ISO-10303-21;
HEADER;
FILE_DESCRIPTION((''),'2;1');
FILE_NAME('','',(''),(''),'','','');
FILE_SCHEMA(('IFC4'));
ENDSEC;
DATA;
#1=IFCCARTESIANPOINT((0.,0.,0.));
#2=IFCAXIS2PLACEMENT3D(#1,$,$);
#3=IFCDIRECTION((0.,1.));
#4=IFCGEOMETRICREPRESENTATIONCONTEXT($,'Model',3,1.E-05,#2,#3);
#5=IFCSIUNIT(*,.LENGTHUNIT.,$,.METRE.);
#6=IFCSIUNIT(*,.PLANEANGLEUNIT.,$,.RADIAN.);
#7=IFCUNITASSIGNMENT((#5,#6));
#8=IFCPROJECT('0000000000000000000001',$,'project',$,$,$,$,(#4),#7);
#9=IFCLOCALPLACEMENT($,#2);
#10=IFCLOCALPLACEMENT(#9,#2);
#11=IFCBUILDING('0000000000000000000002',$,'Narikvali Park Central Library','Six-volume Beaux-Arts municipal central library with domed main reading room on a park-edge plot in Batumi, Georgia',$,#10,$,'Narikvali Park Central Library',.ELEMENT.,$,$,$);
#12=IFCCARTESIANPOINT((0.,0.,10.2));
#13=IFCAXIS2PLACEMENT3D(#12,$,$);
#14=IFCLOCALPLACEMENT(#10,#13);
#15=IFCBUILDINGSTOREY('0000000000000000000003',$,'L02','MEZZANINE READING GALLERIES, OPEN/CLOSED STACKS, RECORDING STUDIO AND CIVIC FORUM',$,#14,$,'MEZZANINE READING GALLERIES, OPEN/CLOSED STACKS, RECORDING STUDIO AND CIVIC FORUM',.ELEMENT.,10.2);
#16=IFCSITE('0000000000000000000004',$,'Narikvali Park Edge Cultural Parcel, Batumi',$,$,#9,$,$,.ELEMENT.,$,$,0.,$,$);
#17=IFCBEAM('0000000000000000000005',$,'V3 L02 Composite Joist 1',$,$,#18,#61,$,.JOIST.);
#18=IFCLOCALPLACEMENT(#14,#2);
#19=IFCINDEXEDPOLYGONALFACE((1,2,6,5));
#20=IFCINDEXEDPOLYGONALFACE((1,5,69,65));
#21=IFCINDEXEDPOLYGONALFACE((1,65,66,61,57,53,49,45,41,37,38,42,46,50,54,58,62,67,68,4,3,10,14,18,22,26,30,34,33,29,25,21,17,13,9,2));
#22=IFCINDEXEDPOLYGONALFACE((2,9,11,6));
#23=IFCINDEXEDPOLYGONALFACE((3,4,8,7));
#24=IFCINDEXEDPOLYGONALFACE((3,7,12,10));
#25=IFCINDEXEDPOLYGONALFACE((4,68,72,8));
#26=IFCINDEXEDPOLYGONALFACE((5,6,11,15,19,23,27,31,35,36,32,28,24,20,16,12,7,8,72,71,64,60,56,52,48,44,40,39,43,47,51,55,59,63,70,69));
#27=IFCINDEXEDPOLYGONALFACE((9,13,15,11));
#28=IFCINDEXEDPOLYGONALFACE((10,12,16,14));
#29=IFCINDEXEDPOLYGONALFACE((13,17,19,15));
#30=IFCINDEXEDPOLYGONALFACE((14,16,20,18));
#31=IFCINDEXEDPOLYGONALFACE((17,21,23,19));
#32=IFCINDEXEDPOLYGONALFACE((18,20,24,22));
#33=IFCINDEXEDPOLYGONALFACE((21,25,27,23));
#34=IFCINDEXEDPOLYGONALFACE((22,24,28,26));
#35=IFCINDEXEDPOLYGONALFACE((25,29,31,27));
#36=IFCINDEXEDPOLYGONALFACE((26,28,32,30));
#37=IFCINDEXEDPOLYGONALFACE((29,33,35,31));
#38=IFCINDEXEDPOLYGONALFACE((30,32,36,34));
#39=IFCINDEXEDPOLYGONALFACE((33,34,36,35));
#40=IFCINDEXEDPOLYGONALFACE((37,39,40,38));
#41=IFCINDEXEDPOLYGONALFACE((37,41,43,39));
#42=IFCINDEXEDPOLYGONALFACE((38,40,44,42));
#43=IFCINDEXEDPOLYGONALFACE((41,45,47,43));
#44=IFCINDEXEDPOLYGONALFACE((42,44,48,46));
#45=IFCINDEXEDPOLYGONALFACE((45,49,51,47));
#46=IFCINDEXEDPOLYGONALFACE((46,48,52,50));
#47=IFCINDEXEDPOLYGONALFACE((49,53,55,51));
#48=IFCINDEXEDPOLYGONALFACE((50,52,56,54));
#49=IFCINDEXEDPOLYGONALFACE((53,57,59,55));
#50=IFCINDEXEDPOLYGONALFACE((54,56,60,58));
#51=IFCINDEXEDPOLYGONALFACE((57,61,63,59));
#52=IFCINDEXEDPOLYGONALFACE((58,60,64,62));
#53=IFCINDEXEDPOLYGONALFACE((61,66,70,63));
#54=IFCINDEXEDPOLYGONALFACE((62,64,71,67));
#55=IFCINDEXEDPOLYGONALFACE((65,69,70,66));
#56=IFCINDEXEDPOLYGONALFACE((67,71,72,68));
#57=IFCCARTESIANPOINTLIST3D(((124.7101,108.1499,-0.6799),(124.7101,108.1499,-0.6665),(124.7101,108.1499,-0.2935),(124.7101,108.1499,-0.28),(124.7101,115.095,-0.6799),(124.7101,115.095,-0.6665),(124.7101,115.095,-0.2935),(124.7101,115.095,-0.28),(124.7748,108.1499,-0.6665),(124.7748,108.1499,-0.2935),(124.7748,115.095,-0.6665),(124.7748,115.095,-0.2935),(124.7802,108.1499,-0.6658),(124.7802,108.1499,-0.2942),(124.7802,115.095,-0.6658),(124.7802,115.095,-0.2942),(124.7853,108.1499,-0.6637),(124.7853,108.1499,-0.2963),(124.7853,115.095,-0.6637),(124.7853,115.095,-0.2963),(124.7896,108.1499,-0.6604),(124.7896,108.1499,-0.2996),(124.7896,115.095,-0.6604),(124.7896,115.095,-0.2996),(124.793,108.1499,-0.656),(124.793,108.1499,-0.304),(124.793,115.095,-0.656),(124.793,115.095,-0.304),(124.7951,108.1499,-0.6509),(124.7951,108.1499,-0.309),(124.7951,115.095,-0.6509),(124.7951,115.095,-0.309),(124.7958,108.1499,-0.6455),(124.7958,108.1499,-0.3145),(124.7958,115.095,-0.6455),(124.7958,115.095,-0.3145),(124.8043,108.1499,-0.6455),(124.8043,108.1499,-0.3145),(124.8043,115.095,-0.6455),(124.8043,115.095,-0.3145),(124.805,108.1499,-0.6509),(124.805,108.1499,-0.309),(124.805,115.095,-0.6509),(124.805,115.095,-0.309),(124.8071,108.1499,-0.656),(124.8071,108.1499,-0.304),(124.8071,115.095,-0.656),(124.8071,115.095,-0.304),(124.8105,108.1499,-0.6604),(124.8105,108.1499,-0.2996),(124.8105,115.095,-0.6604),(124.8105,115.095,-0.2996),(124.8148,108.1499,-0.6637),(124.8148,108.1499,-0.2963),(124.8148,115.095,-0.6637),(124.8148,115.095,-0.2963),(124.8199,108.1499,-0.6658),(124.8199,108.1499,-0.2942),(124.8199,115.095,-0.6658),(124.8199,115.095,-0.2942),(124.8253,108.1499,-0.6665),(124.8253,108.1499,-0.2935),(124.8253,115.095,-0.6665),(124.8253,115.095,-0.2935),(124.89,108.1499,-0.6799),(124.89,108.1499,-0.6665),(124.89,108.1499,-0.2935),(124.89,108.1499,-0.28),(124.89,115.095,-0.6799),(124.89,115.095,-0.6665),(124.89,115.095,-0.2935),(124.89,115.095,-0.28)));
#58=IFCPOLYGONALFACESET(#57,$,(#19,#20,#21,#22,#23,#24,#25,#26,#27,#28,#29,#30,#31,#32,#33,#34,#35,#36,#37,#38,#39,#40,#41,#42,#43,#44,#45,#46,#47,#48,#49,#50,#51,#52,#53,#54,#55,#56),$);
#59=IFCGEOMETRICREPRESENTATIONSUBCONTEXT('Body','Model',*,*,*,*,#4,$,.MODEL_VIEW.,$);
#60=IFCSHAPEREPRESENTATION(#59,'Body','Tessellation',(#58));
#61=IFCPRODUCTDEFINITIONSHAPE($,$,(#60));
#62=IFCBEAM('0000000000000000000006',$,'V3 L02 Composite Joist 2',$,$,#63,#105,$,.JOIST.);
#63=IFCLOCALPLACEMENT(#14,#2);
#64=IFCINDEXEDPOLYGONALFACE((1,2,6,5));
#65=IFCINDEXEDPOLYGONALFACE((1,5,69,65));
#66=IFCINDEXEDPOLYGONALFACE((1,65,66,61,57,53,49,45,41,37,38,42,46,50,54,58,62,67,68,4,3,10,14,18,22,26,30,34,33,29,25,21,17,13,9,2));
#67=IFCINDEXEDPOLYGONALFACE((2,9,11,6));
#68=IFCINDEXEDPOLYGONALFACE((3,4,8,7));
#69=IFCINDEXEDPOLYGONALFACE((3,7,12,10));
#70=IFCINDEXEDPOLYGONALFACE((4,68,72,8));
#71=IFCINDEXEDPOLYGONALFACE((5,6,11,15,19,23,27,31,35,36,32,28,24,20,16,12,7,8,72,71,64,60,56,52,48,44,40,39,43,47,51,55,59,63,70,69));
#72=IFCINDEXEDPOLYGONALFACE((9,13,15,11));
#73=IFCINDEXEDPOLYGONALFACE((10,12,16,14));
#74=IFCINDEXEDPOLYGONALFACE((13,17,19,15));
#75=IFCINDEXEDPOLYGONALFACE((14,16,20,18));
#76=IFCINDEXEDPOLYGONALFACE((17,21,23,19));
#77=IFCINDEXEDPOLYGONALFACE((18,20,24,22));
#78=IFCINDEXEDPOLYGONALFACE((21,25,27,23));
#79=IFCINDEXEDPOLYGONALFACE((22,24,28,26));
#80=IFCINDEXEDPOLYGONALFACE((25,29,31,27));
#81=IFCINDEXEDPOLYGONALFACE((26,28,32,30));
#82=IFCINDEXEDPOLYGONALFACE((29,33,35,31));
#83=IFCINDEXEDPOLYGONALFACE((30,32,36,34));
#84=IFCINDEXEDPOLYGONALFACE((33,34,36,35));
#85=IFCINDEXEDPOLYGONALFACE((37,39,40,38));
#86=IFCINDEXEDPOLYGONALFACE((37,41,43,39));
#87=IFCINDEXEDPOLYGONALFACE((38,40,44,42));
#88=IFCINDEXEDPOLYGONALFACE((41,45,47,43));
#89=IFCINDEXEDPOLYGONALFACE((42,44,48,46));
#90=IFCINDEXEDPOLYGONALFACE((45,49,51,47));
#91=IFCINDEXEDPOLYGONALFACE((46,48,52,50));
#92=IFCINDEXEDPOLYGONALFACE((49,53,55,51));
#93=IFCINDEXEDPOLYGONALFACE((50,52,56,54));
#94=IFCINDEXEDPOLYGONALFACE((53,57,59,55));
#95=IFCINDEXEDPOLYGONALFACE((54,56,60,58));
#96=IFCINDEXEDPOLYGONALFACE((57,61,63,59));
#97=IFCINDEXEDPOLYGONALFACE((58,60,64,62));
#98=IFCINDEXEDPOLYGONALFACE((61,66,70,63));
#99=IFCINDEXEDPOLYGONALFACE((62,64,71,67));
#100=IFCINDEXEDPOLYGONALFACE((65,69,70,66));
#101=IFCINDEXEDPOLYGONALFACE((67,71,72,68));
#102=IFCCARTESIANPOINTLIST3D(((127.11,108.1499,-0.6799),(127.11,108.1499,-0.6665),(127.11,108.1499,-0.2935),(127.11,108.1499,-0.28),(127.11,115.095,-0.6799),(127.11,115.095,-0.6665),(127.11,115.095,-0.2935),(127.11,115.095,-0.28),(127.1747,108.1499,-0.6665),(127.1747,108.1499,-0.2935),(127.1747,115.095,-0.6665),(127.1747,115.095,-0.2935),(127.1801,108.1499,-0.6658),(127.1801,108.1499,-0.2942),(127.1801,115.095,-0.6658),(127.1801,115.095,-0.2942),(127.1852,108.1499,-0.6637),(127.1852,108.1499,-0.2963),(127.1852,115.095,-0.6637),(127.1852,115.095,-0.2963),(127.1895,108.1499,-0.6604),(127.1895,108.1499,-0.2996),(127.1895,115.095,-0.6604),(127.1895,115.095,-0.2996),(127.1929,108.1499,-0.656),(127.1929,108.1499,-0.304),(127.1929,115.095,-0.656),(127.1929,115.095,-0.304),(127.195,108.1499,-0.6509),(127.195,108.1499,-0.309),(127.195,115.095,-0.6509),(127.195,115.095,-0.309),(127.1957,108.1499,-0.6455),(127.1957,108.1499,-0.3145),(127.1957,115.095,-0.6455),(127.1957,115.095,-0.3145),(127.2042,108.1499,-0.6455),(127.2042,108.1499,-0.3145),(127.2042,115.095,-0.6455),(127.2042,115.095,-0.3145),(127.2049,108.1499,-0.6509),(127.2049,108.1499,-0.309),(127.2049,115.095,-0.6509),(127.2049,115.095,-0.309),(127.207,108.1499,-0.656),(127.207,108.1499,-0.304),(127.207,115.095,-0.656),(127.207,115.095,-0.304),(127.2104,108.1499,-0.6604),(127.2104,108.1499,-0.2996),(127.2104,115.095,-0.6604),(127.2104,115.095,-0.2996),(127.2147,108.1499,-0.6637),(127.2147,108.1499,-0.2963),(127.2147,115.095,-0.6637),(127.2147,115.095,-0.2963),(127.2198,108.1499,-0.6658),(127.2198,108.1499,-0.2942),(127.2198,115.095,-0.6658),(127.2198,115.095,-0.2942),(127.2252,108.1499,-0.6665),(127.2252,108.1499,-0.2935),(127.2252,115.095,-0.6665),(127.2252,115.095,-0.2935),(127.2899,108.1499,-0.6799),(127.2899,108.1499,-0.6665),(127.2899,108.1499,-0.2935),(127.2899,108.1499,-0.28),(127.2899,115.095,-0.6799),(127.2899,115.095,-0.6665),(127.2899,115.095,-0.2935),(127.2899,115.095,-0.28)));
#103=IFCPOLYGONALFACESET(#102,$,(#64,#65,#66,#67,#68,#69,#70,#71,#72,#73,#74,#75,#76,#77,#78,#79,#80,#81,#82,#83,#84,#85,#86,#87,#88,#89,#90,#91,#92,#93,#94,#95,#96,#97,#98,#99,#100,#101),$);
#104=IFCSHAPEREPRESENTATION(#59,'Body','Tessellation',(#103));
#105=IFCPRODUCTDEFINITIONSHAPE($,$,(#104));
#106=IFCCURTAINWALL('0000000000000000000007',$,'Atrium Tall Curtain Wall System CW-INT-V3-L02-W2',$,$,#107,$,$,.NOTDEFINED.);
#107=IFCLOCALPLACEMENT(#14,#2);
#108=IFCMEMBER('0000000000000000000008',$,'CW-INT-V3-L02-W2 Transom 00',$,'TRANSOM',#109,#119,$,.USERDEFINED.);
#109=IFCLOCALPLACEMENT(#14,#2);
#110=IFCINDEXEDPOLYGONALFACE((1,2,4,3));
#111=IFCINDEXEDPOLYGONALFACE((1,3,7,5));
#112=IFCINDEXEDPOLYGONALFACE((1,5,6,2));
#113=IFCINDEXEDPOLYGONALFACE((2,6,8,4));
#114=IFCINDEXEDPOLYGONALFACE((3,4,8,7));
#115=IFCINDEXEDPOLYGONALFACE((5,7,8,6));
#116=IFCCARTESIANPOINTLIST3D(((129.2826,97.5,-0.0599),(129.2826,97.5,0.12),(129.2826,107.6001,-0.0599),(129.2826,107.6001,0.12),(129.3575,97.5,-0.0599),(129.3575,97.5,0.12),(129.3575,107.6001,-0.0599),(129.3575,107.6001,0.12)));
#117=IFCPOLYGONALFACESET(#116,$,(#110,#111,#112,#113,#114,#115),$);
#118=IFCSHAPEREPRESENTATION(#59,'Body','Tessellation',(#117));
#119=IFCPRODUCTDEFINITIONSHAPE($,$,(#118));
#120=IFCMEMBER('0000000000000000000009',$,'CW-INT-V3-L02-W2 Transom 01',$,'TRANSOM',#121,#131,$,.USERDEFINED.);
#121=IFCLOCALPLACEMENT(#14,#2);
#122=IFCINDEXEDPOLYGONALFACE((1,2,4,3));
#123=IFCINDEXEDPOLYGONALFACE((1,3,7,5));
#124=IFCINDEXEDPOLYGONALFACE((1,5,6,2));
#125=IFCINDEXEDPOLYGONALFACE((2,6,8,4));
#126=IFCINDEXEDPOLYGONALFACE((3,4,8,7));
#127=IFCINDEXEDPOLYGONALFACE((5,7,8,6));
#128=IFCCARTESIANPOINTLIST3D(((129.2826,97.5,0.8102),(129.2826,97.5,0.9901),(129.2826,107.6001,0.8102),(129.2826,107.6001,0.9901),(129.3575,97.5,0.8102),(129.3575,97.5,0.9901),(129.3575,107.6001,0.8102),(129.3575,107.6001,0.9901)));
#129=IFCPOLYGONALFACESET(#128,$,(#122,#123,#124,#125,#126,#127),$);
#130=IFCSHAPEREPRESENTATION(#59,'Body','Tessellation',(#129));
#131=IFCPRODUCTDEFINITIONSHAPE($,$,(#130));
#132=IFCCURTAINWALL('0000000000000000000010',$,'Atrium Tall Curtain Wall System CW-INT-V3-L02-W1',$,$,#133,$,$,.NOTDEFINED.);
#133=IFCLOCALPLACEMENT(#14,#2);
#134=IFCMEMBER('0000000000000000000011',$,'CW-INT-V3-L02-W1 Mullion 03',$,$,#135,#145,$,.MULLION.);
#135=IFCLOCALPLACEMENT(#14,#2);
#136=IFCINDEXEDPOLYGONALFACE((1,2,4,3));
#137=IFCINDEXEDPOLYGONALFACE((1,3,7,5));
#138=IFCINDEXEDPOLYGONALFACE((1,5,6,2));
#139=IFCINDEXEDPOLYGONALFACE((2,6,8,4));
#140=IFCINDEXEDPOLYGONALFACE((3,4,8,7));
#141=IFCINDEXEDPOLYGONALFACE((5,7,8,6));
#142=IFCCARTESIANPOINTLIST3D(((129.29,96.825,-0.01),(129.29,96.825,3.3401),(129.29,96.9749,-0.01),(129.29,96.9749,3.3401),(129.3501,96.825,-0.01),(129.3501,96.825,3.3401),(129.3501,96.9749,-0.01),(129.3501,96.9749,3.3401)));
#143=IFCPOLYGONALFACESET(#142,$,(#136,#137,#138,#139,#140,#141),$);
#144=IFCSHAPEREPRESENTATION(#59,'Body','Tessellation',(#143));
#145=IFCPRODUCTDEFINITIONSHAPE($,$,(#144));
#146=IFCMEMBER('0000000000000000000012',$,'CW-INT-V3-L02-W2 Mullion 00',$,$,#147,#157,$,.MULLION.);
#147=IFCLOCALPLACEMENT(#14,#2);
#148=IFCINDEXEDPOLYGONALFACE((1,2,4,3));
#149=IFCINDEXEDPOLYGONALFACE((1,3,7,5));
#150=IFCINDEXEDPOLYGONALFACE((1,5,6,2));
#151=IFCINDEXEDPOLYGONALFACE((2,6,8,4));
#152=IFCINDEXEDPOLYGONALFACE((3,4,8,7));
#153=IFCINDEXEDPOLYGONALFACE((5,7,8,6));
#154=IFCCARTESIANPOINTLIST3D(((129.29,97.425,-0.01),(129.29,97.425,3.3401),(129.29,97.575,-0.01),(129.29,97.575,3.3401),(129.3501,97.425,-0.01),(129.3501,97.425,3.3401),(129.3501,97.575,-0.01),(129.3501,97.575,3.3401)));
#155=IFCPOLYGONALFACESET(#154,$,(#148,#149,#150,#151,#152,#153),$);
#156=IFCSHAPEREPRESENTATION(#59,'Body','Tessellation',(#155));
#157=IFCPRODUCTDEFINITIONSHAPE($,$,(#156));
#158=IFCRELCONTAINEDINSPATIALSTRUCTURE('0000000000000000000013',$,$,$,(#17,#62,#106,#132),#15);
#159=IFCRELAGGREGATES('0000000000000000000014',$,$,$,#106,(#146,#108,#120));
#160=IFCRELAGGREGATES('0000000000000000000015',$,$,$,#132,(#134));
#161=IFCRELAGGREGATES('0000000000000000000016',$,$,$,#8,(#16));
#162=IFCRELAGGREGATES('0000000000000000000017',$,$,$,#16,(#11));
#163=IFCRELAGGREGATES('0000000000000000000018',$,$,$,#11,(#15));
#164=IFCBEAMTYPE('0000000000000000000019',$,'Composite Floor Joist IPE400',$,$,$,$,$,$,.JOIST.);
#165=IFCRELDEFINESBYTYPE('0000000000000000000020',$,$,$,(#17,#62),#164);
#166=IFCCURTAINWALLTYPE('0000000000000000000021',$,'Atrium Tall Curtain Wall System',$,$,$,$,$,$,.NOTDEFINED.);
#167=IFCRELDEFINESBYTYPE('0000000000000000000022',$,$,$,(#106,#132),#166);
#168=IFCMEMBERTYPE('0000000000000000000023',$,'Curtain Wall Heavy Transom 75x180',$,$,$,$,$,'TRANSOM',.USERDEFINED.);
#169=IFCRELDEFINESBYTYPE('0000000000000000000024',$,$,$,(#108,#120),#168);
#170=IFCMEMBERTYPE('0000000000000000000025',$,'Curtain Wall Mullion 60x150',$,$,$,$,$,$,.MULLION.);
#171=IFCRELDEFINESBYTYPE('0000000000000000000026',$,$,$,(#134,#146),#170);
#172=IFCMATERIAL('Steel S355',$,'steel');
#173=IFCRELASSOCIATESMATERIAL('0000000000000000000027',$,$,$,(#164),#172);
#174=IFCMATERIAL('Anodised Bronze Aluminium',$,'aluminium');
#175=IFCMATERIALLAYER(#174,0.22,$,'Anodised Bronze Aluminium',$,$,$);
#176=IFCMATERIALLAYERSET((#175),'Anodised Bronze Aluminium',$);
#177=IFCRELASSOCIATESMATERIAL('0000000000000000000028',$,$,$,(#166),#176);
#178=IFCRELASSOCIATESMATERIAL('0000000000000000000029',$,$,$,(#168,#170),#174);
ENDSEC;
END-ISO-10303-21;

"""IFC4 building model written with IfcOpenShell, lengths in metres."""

from ifc_helpers import new_model, si_unit, direction, frame, origin, origin_2d, place, context, subcontext, project, spatial, rectangle, i_section, extrude, material, layer, layer_set, material_profile, profile_set, type_object, element, aggregate, save


model = new_model("IFC4")

# Units and contexts
model_context = context("Model", 3, precision=1e-05, world=origin(), true_north=direction((0.0, 1.0)))
body_context = subcontext(model_context, "Body", "Model", "MODEL_VIEW")
ifc_project = project(units=[si_unit("LENGTHUNIT", "METRE"), si_unit("PLANEANGLEUNIT", "RADIAN")], contexts=[model_context])

# Site, building, storey
site_placement = place(None, origin())
site = spatial("IfcSite", under=ifc_project, at=site_placement, Name="Narikvali Park Edge Cultural Parcel, Batumi", CompositionType="ELEMENT", RefElevation=0.0)
building_placement = place(site_placement, origin())
building = spatial("IfcBuilding", under=site, at=building_placement, Name="Narikvali Park Central Library", Description="Six-volume Beaux-Arts municipal central library with domed main reading room on a park-edge plot in Batumi, Georgia", LongName="Narikvali Park Central Library", CompositionType="ELEMENT")
storey_placement = place(building_placement, frame((0.0, 0.0, 10.2)))
storey = spatial("IfcBuildingStorey", under=building, at=storey_placement, Name="L02", Description="MEZZANINE READING GALLERIES, OPEN/CLOSED STACKS, RECORDING STUDIO AND CIVIC FORUM", LongName="MEZZANINE READING GALLERIES, OPEN/CLOSED STACKS, RECORDING STUDIO AND CIVIC FORUM", CompositionType="ELEMENT", Elevation=10.2)

# Shared definitions
ifc_material_1 = material(Name="Steel S355", Category="steel")

# Beams
ifc_material_profile_1 = material_profile(ifc_material_1, i_section(OverallWidth=0.1799, OverallDepth=0.3999, WebThickness=0.0085, FlangeThickness=0.0134, FilletRadius=0.021, at=origin_2d()), Name="IPE 400")
ifc_profile_set_1 = profile_set([ifc_material_profile_1], Name="Steel S355")
beam_type_1 = type_object("IfcBeamType", Name="Composite Floor Joist IPE400", PredefinedType="JOIST", material=ifc_profile_set_1)
for number, where, z_axis, x_axis, name in (
    (1, (124.8, 108.1499, -0.48), (0.0, 1.0, 0.0), (-1.0, 0.0, 0.0), "V3 L02 Composite Joist 1"),
    (2, (127.2, 108.1499, -0.48), (0.0, 1.0, 0.0), (-1.0, 0.0, 0.0), "V3 L02 Composite Joist 2"),
):
    element("IfcBeam", number, at=place(storey_placement, frame(where, z_axis=z_axis, x_axis=x_axis)), inside=storey, type_object=beam_type_1, Name=name, PredefinedType="JOIST", context=body_context, shape_type="SweptSolid", body=[
        extrude(i_section(OverallWidth=0.1799, OverallDepth=0.3999, WebThickness=0.0085, FlangeThickness=0.0134, FilletRadius=0.021, at=origin_2d()), origin(), (0.0, 0.0, 1.0), 6.9451),
    ])

# Curtain wall, members
ifc_material_2 = material(Name="Anodised Bronze Aluminium", Category="aluminium")
ifc_layer_1 = layer(ifc_material_2, 0.22, Name="Anodised Bronze Aluminium")
ifc_layer_set_1 = layer_set([ifc_layer_1], Name="Anodised Bronze Aluminium")
curtain_wall_type = type_object("IfcCurtainWallType", Name="Atrium Tall Curtain Wall System", PredefinedType="NOTDEFINED", material=ifc_layer_set_1)
curtain_wall_1_placement = place(storey_placement, origin())
curtain_wall_1 = element("IfcCurtainWall", 3, at=curtain_wall_1_placement, inside=storey, type_object=curtain_wall_type, Name="Atrium Tall Curtain Wall System CW-INT-V3-L02-W2", PredefinedType="NOTDEFINED")
ifc_material_profile_2 = material_profile(ifc_material_2, rectangle(XDim=0.075, YDim=0.1799, at=origin_2d()), Name="CW TRANSOM 75x180")
ifc_profile_set_2 = profile_set([ifc_material_profile_2], Name="Anodised Bronze Aluminium")
member_type_1 = type_object("IfcMemberType", Name="Curtain Wall Heavy Transom 75x180", ElementType="TRANSOM", PredefinedType="USERDEFINED", material=ifc_profile_set_2)
member_1_placement = place(storey_placement, frame((129.3201, 97.5, 0.03), z_axis=(0.0, 1.0, 0.0), x_axis=(-1.0, 0.0, 0.0)))
member_1 = element("IfcMember", 4, at=member_1_placement, type_object=member_type_1, Name="CW-INT-V3-L02-W2 Transom 00", ObjectType="TRANSOM", PredefinedType="USERDEFINED", context=body_context, shape_type="SweptSolid", body=[
    extrude(rectangle(XDim=0.075, YDim=0.1799, at=origin_2d()), origin(), (0.0, 0.0, 1.0), 10.1001),
])
member_2_placement = place(storey_placement, frame((129.3201, 97.5, 0.9001), z_axis=(0.0, 1.0, 0.0), x_axis=(-1.0, 0.0, 0.0)))
member_2 = element("IfcMember", 5, at=member_2_placement, type_object=member_type_1, Name="CW-INT-V3-L02-W2 Transom 01", ObjectType="TRANSOM", PredefinedType="USERDEFINED", context=body_context, shape_type="SweptSolid", body=[
    extrude(rectangle(XDim=0.075, YDim=0.1799, at=origin_2d()), origin(), (0.0, 0.0, 1.0), 10.1001),
])

# Curtain wall, member
curtain_wall_2_placement = place(storey_placement, origin())
curtain_wall_2 = element("IfcCurtainWall", 6, at=curtain_wall_2_placement, inside=storey, type_object=curtain_wall_type, Name="Atrium Tall Curtain Wall System CW-INT-V3-L02-W1", PredefinedType="NOTDEFINED")
ifc_material_profile_3 = material_profile(ifc_material_2, rectangle(XDim=0.0601, YDim=0.1499, at=origin_2d()), Name="CW MULLION 60x150")
ifc_profile_set_3 = profile_set([ifc_material_profile_3], Name="Anodised Bronze Aluminium")
member_type_2 = type_object("IfcMemberType", Name="Curtain Wall Mullion 60x150", PredefinedType="MULLION", material=ifc_profile_set_3)
member_3_placement = place(storey_placement, frame((129.3201, 96.8999, -0.01), z_axis=(0.0, 0.0, 1.0), x_axis=(1.0, 0.0, 0.0)))
member_3 = element("IfcMember", 7, at=member_3_placement, type_object=member_type_2, Name="CW-INT-V3-L02-W1 Mullion 03", PredefinedType="MULLION", context=body_context, shape_type="SweptSolid", body=[
    extrude(rectangle(XDim=0.0601, YDim=0.1499, at=origin_2d()), origin(), (0.0, 0.0, 1.0), 3.3501),
])

# Member
member_4_placement = place(storey_placement, frame((129.3201, 97.5, -0.01), z_axis=(0.0, 0.0, 1.0), x_axis=(1.0, 0.0, 0.0)))
member_4 = element("IfcMember", 8, at=member_4_placement, type_object=member_type_2, Name="CW-INT-V3-L02-W2 Mullion 00", PredefinedType="MULLION", context=body_context, shape_type="SweptSolid", body=[
    extrude(rectangle(XDim=0.0601, YDim=0.1499, at=origin_2d()), origin(), (0.0, 0.0, 1.0), 3.3501),
])
aggregate(curtain_wall_1, [member_4, member_1, member_2])

aggregate(curtain_wall_2, [member_3])

save(model, "model.ifc")
